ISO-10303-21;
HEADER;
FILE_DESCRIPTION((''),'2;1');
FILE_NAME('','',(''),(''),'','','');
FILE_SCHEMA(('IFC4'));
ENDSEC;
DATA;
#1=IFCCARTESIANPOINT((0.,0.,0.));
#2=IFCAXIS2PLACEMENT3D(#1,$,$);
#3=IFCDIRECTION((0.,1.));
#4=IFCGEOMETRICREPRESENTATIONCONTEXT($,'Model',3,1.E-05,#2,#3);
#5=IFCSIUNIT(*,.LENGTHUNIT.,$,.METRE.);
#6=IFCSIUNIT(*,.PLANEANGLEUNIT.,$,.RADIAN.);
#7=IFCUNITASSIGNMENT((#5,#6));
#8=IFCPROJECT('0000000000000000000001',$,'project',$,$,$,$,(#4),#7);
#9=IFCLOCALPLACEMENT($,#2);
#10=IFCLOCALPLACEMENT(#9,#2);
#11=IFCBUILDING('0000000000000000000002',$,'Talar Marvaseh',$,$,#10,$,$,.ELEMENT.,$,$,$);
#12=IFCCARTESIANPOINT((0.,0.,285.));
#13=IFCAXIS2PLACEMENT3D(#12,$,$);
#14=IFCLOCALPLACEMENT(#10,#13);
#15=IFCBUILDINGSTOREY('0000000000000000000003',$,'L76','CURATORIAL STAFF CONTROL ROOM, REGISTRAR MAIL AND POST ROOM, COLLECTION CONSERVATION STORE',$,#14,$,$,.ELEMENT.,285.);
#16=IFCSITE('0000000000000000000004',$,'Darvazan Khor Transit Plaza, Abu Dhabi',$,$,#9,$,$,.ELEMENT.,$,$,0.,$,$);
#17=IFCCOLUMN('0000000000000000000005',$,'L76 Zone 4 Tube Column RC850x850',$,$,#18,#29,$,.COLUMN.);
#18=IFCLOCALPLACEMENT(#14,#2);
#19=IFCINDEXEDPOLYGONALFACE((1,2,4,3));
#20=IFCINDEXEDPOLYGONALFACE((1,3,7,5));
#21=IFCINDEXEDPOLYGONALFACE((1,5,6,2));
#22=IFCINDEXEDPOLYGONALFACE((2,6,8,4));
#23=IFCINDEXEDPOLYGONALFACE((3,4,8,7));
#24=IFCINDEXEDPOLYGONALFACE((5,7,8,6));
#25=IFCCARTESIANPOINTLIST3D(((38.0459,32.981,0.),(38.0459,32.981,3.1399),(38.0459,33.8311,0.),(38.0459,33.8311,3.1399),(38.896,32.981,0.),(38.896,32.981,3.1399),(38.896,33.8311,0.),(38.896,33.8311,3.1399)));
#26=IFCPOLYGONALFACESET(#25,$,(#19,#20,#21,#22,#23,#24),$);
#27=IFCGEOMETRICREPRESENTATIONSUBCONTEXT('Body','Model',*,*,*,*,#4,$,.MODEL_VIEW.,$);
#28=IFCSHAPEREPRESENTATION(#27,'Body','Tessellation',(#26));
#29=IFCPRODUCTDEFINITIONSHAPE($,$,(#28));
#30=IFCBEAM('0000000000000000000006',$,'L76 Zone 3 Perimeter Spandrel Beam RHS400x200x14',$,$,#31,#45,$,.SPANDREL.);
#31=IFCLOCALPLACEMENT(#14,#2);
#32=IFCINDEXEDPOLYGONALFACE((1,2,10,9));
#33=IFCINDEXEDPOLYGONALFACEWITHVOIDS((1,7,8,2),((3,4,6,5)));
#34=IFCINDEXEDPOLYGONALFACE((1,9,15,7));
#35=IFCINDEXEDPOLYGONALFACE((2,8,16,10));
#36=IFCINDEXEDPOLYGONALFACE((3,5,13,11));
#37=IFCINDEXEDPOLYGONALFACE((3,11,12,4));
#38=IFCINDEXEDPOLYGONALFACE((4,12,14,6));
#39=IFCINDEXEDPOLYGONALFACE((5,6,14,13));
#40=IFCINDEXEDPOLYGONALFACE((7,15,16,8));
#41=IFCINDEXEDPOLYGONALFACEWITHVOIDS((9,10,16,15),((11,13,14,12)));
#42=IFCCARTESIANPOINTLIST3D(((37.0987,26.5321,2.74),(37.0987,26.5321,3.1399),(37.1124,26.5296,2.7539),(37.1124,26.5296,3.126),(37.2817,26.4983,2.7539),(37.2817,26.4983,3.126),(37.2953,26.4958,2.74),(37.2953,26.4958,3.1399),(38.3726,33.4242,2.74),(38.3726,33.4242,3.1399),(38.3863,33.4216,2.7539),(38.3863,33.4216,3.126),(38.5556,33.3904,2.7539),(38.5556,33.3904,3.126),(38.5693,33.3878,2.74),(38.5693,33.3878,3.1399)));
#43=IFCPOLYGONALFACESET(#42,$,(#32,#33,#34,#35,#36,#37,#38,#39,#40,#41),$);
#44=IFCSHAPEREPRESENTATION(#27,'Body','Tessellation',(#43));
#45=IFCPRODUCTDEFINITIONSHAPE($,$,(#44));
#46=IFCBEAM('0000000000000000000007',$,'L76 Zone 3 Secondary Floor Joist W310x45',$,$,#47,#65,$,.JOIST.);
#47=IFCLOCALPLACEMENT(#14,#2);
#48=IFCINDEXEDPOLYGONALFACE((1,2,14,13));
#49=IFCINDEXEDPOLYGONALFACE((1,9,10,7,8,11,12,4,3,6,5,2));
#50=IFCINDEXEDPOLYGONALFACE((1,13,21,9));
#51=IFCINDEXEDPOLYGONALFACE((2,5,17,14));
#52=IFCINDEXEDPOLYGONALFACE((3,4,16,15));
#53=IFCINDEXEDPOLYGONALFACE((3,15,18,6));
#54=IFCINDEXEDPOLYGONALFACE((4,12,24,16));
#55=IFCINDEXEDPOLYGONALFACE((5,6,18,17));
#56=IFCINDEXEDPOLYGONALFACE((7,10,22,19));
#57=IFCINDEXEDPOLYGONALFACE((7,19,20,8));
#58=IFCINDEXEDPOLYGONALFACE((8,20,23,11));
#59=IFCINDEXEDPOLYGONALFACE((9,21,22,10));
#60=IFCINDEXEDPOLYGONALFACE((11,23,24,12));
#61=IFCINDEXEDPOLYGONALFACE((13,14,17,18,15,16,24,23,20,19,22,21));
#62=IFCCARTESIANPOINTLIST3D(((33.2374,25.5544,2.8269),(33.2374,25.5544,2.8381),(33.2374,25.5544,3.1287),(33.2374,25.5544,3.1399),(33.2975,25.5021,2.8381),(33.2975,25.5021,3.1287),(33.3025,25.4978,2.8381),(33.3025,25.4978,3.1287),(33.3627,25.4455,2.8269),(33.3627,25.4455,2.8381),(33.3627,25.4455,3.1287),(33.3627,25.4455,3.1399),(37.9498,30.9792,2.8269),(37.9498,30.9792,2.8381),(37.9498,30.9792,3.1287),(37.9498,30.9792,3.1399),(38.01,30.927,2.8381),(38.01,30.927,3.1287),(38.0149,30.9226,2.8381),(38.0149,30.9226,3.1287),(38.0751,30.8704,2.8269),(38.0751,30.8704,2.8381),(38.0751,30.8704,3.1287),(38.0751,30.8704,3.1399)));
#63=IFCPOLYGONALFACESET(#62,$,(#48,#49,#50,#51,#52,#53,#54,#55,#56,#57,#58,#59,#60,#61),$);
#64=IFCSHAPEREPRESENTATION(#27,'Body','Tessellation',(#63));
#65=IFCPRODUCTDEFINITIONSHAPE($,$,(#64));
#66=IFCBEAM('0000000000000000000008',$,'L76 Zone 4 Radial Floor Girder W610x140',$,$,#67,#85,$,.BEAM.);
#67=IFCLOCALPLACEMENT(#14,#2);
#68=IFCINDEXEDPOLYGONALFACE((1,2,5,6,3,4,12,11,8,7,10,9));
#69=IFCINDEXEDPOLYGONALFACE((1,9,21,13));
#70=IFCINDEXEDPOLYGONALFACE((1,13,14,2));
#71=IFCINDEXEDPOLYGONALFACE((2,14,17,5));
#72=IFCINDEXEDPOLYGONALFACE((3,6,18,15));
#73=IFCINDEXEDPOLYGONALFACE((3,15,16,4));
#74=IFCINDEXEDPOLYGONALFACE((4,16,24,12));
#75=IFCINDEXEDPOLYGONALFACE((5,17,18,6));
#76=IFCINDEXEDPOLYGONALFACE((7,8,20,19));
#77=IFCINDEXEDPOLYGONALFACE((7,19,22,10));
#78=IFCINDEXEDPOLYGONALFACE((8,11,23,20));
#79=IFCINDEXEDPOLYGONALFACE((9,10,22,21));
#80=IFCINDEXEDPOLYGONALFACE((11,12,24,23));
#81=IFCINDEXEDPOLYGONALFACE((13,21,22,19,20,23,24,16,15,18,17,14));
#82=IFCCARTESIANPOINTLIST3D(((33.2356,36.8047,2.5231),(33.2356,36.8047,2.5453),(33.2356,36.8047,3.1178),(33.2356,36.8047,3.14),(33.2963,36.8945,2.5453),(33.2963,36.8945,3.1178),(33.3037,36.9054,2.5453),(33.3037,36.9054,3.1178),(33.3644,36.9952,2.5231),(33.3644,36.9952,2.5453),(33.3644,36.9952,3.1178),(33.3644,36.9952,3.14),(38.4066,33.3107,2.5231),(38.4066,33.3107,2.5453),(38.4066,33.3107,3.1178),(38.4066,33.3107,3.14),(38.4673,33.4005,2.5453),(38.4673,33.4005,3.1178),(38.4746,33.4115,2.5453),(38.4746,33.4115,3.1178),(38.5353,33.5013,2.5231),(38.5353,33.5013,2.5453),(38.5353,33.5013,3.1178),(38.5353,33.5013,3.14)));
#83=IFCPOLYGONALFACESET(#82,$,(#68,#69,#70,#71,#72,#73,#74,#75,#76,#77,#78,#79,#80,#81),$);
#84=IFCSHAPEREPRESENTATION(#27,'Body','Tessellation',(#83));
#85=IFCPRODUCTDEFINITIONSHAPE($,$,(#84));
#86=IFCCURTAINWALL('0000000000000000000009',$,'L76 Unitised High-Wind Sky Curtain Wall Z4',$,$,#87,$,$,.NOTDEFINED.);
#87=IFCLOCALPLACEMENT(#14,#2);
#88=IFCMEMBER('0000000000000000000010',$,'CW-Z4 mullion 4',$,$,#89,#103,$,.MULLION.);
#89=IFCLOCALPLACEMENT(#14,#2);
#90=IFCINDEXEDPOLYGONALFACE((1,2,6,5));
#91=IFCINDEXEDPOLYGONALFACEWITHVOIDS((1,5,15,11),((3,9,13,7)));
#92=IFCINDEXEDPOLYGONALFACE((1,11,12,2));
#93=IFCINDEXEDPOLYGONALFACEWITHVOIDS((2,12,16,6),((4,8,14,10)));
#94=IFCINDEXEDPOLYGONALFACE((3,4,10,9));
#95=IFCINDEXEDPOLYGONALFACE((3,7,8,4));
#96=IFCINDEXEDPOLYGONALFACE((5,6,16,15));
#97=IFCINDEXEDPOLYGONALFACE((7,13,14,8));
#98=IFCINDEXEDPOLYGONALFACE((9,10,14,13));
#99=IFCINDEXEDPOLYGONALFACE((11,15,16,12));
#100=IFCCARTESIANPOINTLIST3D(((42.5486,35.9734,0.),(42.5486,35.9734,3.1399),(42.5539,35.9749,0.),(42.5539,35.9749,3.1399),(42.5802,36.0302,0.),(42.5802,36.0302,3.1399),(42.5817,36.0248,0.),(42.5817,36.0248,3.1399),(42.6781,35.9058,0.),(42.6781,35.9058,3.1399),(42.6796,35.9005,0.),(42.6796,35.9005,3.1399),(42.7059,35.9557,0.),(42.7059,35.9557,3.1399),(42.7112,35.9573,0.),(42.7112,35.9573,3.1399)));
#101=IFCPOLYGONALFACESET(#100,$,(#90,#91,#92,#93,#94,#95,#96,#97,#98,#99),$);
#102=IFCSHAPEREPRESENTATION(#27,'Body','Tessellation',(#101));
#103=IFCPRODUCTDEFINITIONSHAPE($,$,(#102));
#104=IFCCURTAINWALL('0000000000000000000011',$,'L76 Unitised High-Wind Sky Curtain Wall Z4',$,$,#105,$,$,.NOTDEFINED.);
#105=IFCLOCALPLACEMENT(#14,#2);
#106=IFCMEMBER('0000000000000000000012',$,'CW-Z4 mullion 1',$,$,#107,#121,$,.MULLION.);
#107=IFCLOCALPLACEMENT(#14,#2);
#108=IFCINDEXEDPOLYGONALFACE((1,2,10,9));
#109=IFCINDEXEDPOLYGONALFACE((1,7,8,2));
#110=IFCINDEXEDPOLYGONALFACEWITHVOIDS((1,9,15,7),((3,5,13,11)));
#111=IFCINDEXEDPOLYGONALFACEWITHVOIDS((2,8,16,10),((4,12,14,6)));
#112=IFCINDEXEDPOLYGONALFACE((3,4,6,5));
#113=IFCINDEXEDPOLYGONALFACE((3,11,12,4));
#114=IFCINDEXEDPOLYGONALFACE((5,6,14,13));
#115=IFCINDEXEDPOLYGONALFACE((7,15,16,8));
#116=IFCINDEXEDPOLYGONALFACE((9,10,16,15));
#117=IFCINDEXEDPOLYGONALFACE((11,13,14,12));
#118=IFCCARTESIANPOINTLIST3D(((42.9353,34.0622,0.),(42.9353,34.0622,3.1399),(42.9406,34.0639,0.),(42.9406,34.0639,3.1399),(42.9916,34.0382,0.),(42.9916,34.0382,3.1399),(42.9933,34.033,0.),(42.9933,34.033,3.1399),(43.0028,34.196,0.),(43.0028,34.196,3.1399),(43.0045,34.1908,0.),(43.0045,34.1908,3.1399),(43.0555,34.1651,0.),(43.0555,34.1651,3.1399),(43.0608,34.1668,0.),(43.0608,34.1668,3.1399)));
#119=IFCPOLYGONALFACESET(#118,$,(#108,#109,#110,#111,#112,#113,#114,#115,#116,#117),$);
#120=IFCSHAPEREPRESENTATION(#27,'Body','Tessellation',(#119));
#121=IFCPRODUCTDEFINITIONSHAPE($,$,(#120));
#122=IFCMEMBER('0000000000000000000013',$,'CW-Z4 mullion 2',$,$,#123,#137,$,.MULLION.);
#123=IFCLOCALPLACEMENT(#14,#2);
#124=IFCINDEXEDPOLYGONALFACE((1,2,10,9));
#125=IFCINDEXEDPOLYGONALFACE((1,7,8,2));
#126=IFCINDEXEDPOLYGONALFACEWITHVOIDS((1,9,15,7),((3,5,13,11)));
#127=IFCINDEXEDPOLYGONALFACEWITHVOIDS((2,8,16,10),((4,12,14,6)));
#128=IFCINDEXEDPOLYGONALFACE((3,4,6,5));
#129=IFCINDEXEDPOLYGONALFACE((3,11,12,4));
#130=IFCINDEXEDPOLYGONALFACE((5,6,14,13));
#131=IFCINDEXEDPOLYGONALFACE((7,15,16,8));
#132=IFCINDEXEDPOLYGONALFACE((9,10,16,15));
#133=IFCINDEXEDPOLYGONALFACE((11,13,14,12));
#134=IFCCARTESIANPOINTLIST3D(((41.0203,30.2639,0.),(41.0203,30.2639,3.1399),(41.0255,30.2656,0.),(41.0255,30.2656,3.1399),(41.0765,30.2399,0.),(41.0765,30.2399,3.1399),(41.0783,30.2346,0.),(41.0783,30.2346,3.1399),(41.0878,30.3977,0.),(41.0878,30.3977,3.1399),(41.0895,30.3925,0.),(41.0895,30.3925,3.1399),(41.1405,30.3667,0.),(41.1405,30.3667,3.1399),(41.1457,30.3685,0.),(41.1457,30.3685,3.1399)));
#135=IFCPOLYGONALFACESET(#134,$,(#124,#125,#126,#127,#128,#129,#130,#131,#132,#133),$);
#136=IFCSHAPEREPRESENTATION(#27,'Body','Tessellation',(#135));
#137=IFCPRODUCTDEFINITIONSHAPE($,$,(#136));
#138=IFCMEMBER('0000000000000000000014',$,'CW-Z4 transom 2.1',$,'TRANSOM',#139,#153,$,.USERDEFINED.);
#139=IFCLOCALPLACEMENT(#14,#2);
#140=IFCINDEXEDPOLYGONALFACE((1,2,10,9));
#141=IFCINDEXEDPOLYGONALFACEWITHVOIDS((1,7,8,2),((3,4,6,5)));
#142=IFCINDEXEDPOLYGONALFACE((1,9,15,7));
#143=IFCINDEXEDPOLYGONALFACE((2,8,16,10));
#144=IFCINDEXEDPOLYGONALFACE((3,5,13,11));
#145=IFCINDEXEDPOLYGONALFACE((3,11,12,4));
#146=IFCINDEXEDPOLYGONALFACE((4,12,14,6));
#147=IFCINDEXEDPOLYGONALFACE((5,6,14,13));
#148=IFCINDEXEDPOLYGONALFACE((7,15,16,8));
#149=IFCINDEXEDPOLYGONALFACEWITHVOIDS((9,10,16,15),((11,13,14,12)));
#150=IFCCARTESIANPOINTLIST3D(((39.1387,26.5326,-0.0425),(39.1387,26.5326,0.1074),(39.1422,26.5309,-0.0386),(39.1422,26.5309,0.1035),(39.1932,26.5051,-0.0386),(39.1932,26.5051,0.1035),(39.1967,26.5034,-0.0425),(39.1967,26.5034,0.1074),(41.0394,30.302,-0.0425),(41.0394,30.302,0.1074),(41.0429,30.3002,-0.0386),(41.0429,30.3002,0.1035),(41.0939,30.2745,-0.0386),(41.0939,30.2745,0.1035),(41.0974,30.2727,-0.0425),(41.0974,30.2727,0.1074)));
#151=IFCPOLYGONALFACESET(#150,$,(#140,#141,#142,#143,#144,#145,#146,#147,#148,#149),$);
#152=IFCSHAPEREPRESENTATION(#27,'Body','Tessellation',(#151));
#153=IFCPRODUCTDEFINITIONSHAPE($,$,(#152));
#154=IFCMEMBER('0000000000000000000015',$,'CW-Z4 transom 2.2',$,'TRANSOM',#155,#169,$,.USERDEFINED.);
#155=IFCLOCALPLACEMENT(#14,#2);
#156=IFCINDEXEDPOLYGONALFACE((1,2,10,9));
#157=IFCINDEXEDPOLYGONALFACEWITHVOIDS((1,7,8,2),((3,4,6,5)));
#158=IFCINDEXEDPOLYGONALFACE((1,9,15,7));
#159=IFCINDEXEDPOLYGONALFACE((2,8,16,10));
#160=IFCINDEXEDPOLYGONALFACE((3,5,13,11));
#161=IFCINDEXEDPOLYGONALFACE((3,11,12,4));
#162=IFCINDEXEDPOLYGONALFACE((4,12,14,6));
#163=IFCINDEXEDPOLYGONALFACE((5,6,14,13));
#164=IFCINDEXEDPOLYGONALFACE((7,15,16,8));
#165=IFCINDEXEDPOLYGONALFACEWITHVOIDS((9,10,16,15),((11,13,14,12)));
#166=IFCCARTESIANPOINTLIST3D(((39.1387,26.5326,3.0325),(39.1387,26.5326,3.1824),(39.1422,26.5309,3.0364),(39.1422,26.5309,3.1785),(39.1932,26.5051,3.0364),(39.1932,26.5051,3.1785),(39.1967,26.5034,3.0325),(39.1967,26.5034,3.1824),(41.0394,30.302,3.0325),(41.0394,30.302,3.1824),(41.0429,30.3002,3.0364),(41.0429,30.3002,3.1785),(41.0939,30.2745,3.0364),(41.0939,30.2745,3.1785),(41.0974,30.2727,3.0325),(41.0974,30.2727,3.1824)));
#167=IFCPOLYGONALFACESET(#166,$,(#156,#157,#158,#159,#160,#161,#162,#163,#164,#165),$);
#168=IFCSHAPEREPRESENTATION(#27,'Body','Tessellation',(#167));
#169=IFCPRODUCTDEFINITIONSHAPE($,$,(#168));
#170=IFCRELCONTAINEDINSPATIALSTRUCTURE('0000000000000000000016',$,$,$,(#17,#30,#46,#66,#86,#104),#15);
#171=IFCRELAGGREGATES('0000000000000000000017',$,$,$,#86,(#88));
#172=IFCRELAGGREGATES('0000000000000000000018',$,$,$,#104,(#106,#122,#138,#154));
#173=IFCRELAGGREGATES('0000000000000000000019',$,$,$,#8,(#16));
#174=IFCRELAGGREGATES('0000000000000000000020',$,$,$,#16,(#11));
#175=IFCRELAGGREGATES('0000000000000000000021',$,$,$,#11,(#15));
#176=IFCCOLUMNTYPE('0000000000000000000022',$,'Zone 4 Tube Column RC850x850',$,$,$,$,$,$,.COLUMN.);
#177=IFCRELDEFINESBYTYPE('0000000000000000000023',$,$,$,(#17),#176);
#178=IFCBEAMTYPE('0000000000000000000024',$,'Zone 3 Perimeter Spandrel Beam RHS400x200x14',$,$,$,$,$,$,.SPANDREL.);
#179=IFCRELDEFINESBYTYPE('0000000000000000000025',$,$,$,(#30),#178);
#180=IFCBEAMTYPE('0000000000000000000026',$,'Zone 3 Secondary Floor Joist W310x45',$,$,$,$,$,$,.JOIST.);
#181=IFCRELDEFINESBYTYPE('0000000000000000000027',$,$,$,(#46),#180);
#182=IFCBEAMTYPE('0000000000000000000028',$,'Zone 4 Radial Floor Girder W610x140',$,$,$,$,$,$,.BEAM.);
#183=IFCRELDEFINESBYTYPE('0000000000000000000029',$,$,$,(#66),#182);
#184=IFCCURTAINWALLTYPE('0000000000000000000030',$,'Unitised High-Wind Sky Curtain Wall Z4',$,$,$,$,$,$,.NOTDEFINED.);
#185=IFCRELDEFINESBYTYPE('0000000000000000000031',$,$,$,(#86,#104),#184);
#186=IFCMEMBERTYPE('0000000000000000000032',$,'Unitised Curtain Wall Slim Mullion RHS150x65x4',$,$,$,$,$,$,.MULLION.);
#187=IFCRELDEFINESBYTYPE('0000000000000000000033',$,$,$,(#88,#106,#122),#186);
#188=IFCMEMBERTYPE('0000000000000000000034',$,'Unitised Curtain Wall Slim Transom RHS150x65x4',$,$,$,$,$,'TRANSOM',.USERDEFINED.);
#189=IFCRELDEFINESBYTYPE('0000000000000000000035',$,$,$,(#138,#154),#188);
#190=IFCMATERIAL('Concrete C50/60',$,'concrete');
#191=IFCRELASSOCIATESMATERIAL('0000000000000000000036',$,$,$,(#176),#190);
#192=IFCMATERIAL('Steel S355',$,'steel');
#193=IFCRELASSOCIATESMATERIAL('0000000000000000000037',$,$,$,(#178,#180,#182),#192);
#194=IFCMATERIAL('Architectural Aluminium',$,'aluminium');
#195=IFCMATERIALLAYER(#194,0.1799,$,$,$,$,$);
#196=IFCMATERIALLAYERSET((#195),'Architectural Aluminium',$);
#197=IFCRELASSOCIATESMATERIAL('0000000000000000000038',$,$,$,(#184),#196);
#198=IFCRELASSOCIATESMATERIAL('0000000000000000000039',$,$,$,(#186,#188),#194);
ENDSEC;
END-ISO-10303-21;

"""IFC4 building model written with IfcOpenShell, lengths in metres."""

from ifc_helpers import new_model, si_unit, direction, frame, origin, origin_2d, place, context, subcontext, project, spatial, rectangle, hollow_rectangle, i_section, extrude, source, transform, mapped, material, layer, layer_set, material_profile, profile_set, type_object, type_shapes, element, aggregate, save


model = new_model("IFC4")

# Units and contexts
model_context = context("Model", 3, precision=1e-05, world=origin(), true_north=direction((0.0, 1.0)))
body_context = subcontext(model_context, "Body", "Model", "MODEL_VIEW")
ifc_project = project(units=[si_unit("LENGTHUNIT", "METRE"), si_unit("PLANEANGLEUNIT", "RADIAN")], contexts=[model_context])

# Site, building, storey
site_placement = place(None, origin())
site = spatial("IfcSite", under=ifc_project, at=site_placement, Name="Darvazan Khor Transit Plaza, Abu Dhabi", CompositionType="ELEMENT", RefElevation=0.0)
building_placement = place(site_placement, origin())
building = spatial("IfcBuilding", under=site, at=building_placement, Name="Talar Marvaseh", CompositionType="ELEMENT")
storey_placement = place(building_placement, frame((0.0, 0.0, 285.0)))
storey = spatial("IfcBuildingStorey", under=building, at=storey_placement, Name="L76", Description="CURATORIAL STAFF CONTROL ROOM, REGISTRAR MAIL AND POST ROOM, COLLECTION CONSERVATION STORE", CompositionType="ELEMENT", Elevation=285.0)

# Column
ifc_material_1 = material(Name="Concrete C50/60", Category="concrete")
ifc_material_profile_1 = material_profile(ifc_material_1, rectangle(XDim=0.8501, YDim=0.8501, at=origin_2d()), Name="RC850x850")
ifc_profile_set_1 = profile_set([ifc_material_profile_1], Name="Concrete C50/60")
column_type = type_object("IfcColumnType", Name="Zone 4 Tube Column RC850x850", PredefinedType="COLUMN", material=ifc_profile_set_1)
column_placement = place(storey_placement, frame((38.4709, 33.406, 0.0), z_axis=(0.0, 0.0, 1.0), x_axis=(1.0, 0.0, 0.0)))
element("IfcColumn", 1, at=column_placement, inside=storey, type_object=column_type, Name="L76 Zone 4 Tube Column RC850x850", PredefinedType="COLUMN", context=body_context, shape_type="SweptSolid", body=[
    extrude(rectangle(XDim=0.8501, YDim=0.8501, at=origin_2d()), origin(), (0.0, 0.0, 1.0), 3.1399),
])

# Beams
ifc_material_2 = material(Name="Steel S355", Category="steel")
ifc_material_profile_2 = material_profile(ifc_material_2, hollow_rectangle(XDim=0.2, YDim=0.3999, WallThickness=0.0139, at=origin_2d()), Name="RHS400x200x14")
ifc_profile_set_2 = profile_set([ifc_material_profile_2], Name="Steel S355")
beam_type_1 = type_object("IfcBeamType", Name="Zone 3 Perimeter Spandrel Beam RHS400x200x14", PredefinedType="SPANDREL", material=ifc_profile_set_2)
beam_1_placement = place(storey_placement, frame((38.4709, 33.406, 2.9399), z_axis=(-0.18176, -0.983343, 0.0), x_axis=(0.983343, -0.18176, 0.0)))
element("IfcBeam", 2, at=beam_1_placement, inside=storey, type_object=beam_type_1, Name="L76 Zone 3 Perimeter Spandrel Beam RHS400x200x14", PredefinedType="SPANDREL", context=body_context, shape_type="SweptSolid", body=[
    extrude(hollow_rectangle(XDim=0.2, YDim=0.3999, WallThickness=0.0139, at=origin_2d()), origin(), (0.0, 0.0, 1.0), 7.0088),
])
ifc_material_profile_3 = material_profile(ifc_material_2, i_section(OverallWidth=0.166, OverallDepth=0.313, WebThickness=0.0066, FlangeThickness=0.0112, at=origin_2d()), Name="W310x45")
ifc_profile_set_3 = profile_set([ifc_material_profile_3], Name="Steel S355")
beam_type_2 = type_object("IfcBeamType", Name="Zone 3 Secondary Floor Joist W310x45", PredefinedType="JOIST", material=ifc_profile_set_3)
beam_2_placement = place(storey_placement, frame((38.0125, 30.9248, 2.9834), z_axis=(-0.655797, -0.754938, 0.0), x_axis=(0.754938, -0.655797, 0.0)))
element("IfcBeam", 3, at=beam_2_placement, inside=storey, type_object=beam_type_2, Name="L76 Zone 3 Secondary Floor Joist W310x45", PredefinedType="JOIST", context=body_context, shape_type="SweptSolid", body=[
    extrude(i_section(OverallWidth=0.166, OverallDepth=0.313, WebThickness=0.0066, FlangeThickness=0.0112, at=origin_2d()), origin(), (0.0, 0.0, 1.0), 7.1858),
])
ifc_material_profile_4 = material_profile(ifc_material_2, i_section(OverallWidth=0.23, OverallDepth=0.6169, WebThickness=0.0132, FlangeThickness=0.0222, at=origin_2d()), Name="W610x140")
ifc_profile_set_4 = profile_set([ifc_material_profile_4], Name="Steel S355")
beam_type_3 = type_object("IfcBeamType", Name="Zone 4 Radial Floor Girder W610x140", PredefinedType="BEAM", material=ifc_profile_set_4)
beam_3_placement = place(storey_placement, frame((38.4709, 33.406, 2.8315), z_axis=(-0.828586, 0.559862, 0.0), x_axis=(-0.559862, -0.828586, 0.0)))
element("IfcBeam", 4, at=beam_3_placement, inside=storey, type_object=beam_type_3, Name="L76 Zone 4 Radial Floor Girder W610x140", PredefinedType="BEAM", context=body_context, shape_type="SweptSolid", body=[
    extrude(i_section(OverallWidth=0.23, OverallDepth=0.6169, WebThickness=0.0132, FlangeThickness=0.0222, at=origin_2d()), origin(), (0.0, 0.0, 1.0), 6.2407),
])

# Curtain wall, member
ifc_material_3 = material(Name="Architectural Aluminium", Category="aluminium")
ifc_layer_1 = layer(ifc_material_3, 0.1799)
ifc_layer_set_1 = layer_set([ifc_layer_1], Name="Architectural Aluminium")
curtain_wall_type = type_object("IfcCurtainWallType", Name="Unitised High-Wind Sky Curtain Wall Z4", PredefinedType="NOTDEFINED", material=ifc_layer_set_1)
curtain_wall_1_placement = place(storey_placement, origin())
curtain_wall_1 = element("IfcCurtainWall", 5, at=curtain_wall_1_placement, inside=storey, type_object=curtain_wall_type, Name="L76 Unitised High-Wind Sky Curtain Wall Z4", PredefinedType="NOTDEFINED")
ifc_material_profile_5 = material_profile(ifc_material_3, hollow_rectangle(XDim=0.0649, YDim=0.1499, WallThickness=0.0039, at=origin_2d()), Name="RHS150x65x4")
ifc_profile_set_5 = profile_set([ifc_material_profile_5], Name="Architectural Aluminium")
member_type_1 = type_object("IfcMemberType", Name="Unitised Curtain Wall Slim Mullion RHS150x65x4", PredefinedType="MULLION", material=ifc_profile_set_5)
shared_shape_1 = source(origin(), body_context, "Body", "SweptSolid", [
    extrude(hollow_rectangle(XDim=0.0649, YDim=0.1499, WallThickness=0.0039, at=origin_2d()), origin(), (0.0, 0.0, 1.0), 3.1399),
])
type_shapes(member_type_1, [shared_shape_1])
member_1_placement = place(storey_placement, frame((42.6299, 35.9653, 0.0), z_axis=(0.0, 0.0, 1.0), x_axis=(0.486279, 0.873803, 0.0)))
member_1 = element("IfcMember", 6, at=member_1_placement, type_object=member_type_1, Name="CW-Z4 mullion 4", PredefinedType="MULLION", context=body_context, shape_type="MappedRepresentation", body=[
    mapped(shared_shape_1, transform((0.0, 0.0, 0.0), x_axis=(1.0, 0.0, 0.0), y_axis=(0.0, 1.0, 0.0), z_axis=(0.0, 0.0, 1.0), scale=1.0)),
])
aggregate(curtain_wall_1, [member_1])

# Curtain wall, members
curtain_wall_2_placement = place(storey_placement, origin())
curtain_wall_2 = element("IfcCurtainWall", 7, at=curtain_wall_2_placement, inside=storey, type_object=curtain_wall_type, Name="L76 Unitised High-Wind Sky Curtain Wall Z4", PredefinedType="NOTDEFINED")
member_2_placement = place(storey_placement, frame((42.998, 34.1145, 0.0), z_axis=(0.0, 0.0, 1.0), x_axis=(0.892909, -0.450237, 0.0)))
member_2 = element("IfcMember", 8, at=member_2_placement, type_object=member_type_1, Name="CW-Z4 mullion 1", PredefinedType="MULLION", context=body_context, shape_type="MappedRepresentation", body=[
    mapped(shared_shape_1, transform((0.0, 0.0, 0.0), x_axis=(1.0, 0.0, 0.0), y_axis=(0.0, 1.0, 0.0), z_axis=(0.0, 0.0, 1.0), scale=1.0)),
])
member_3_placement = place(storey_placement, frame((41.083, 30.3162, 0.0), z_axis=(0.0, 0.0, 1.0), x_axis=(0.892909, -0.450237, 0.0)))
member_3 = element("IfcMember", 9, at=member_3_placement, type_object=member_type_1, Name="CW-Z4 mullion 2", PredefinedType="MULLION", context=body_context, shape_type="MappedRepresentation", body=[
    mapped(shared_shape_1, transform((0.0, 0.0, 0.0), x_axis=(1.0, 0.0, 0.0), y_axis=(0.0, 1.0, 0.0), z_axis=(0.0, 0.0, 1.0), scale=1.0)),
])
ifc_material_profile_6 = material_profile(ifc_material_3, hollow_rectangle(XDim=0.0649, YDim=0.1499, WallThickness=0.0039, at=origin_2d()), Name="RHS150x65x4")
ifc_profile_set_6 = profile_set([ifc_material_profile_6], Name="Architectural Aluminium")
member_type_2 = type_object("IfcMemberType", Name="Unitised Curtain Wall Slim Transom RHS150x65x4", ElementType="TRANSOM", PredefinedType="USERDEFINED", material=ifc_profile_set_6)
shared_shape_2 = source(origin(), body_context, "Body", "SweptSolid", [
    extrude(hollow_rectangle(XDim=0.0649, YDim=0.1499, WallThickness=0.0039, at=origin_2d()), origin(), (0.0, 0.0, 1.0), 4.2214),
])
member_4_placement = place(storey_placement, frame((41.0684, 30.2874, 0.0325), z_axis=(-0.450242, -0.892907, 0.0), x_axis=(0.892907, -0.450242, 0.0)))
member_4 = element("IfcMember", 10, at=member_4_placement, type_object=member_type_2, Name="CW-Z4 transom 2.1", ObjectType="TRANSOM", PredefinedType="USERDEFINED", context=body_context, shape_type="MappedRepresentation", body=[
    mapped(shared_shape_2, transform((0.0, 0.0, 0.0), x_axis=(1.0, 0.0, 0.0), y_axis=(0.0, 1.0, 0.0), z_axis=(0.0, 0.0, 1.0), scale=1.0)),
])
member_5_placement = place(storey_placement, frame((41.0684, 30.2874, 3.1074), z_axis=(-0.450242, -0.892907, 0.0), x_axis=(0.892907, -0.450242, 0.0)))
member_5 = element("IfcMember", 11, at=member_5_placement, type_object=member_type_2, Name="CW-Z4 transom 2.2", ObjectType="TRANSOM", PredefinedType="USERDEFINED", context=body_context, shape_type="MappedRepresentation", body=[
    mapped(shared_shape_2, transform((0.0, 0.0, 0.0), x_axis=(1.0, 0.0, 0.0), y_axis=(0.0, 1.0, 0.0), z_axis=(0.0, 0.0, 1.0), scale=1.0)),
])
aggregate(curtain_wall_2, [member_2, member_3, member_4, member_5])

save(model, "model.ifc")
